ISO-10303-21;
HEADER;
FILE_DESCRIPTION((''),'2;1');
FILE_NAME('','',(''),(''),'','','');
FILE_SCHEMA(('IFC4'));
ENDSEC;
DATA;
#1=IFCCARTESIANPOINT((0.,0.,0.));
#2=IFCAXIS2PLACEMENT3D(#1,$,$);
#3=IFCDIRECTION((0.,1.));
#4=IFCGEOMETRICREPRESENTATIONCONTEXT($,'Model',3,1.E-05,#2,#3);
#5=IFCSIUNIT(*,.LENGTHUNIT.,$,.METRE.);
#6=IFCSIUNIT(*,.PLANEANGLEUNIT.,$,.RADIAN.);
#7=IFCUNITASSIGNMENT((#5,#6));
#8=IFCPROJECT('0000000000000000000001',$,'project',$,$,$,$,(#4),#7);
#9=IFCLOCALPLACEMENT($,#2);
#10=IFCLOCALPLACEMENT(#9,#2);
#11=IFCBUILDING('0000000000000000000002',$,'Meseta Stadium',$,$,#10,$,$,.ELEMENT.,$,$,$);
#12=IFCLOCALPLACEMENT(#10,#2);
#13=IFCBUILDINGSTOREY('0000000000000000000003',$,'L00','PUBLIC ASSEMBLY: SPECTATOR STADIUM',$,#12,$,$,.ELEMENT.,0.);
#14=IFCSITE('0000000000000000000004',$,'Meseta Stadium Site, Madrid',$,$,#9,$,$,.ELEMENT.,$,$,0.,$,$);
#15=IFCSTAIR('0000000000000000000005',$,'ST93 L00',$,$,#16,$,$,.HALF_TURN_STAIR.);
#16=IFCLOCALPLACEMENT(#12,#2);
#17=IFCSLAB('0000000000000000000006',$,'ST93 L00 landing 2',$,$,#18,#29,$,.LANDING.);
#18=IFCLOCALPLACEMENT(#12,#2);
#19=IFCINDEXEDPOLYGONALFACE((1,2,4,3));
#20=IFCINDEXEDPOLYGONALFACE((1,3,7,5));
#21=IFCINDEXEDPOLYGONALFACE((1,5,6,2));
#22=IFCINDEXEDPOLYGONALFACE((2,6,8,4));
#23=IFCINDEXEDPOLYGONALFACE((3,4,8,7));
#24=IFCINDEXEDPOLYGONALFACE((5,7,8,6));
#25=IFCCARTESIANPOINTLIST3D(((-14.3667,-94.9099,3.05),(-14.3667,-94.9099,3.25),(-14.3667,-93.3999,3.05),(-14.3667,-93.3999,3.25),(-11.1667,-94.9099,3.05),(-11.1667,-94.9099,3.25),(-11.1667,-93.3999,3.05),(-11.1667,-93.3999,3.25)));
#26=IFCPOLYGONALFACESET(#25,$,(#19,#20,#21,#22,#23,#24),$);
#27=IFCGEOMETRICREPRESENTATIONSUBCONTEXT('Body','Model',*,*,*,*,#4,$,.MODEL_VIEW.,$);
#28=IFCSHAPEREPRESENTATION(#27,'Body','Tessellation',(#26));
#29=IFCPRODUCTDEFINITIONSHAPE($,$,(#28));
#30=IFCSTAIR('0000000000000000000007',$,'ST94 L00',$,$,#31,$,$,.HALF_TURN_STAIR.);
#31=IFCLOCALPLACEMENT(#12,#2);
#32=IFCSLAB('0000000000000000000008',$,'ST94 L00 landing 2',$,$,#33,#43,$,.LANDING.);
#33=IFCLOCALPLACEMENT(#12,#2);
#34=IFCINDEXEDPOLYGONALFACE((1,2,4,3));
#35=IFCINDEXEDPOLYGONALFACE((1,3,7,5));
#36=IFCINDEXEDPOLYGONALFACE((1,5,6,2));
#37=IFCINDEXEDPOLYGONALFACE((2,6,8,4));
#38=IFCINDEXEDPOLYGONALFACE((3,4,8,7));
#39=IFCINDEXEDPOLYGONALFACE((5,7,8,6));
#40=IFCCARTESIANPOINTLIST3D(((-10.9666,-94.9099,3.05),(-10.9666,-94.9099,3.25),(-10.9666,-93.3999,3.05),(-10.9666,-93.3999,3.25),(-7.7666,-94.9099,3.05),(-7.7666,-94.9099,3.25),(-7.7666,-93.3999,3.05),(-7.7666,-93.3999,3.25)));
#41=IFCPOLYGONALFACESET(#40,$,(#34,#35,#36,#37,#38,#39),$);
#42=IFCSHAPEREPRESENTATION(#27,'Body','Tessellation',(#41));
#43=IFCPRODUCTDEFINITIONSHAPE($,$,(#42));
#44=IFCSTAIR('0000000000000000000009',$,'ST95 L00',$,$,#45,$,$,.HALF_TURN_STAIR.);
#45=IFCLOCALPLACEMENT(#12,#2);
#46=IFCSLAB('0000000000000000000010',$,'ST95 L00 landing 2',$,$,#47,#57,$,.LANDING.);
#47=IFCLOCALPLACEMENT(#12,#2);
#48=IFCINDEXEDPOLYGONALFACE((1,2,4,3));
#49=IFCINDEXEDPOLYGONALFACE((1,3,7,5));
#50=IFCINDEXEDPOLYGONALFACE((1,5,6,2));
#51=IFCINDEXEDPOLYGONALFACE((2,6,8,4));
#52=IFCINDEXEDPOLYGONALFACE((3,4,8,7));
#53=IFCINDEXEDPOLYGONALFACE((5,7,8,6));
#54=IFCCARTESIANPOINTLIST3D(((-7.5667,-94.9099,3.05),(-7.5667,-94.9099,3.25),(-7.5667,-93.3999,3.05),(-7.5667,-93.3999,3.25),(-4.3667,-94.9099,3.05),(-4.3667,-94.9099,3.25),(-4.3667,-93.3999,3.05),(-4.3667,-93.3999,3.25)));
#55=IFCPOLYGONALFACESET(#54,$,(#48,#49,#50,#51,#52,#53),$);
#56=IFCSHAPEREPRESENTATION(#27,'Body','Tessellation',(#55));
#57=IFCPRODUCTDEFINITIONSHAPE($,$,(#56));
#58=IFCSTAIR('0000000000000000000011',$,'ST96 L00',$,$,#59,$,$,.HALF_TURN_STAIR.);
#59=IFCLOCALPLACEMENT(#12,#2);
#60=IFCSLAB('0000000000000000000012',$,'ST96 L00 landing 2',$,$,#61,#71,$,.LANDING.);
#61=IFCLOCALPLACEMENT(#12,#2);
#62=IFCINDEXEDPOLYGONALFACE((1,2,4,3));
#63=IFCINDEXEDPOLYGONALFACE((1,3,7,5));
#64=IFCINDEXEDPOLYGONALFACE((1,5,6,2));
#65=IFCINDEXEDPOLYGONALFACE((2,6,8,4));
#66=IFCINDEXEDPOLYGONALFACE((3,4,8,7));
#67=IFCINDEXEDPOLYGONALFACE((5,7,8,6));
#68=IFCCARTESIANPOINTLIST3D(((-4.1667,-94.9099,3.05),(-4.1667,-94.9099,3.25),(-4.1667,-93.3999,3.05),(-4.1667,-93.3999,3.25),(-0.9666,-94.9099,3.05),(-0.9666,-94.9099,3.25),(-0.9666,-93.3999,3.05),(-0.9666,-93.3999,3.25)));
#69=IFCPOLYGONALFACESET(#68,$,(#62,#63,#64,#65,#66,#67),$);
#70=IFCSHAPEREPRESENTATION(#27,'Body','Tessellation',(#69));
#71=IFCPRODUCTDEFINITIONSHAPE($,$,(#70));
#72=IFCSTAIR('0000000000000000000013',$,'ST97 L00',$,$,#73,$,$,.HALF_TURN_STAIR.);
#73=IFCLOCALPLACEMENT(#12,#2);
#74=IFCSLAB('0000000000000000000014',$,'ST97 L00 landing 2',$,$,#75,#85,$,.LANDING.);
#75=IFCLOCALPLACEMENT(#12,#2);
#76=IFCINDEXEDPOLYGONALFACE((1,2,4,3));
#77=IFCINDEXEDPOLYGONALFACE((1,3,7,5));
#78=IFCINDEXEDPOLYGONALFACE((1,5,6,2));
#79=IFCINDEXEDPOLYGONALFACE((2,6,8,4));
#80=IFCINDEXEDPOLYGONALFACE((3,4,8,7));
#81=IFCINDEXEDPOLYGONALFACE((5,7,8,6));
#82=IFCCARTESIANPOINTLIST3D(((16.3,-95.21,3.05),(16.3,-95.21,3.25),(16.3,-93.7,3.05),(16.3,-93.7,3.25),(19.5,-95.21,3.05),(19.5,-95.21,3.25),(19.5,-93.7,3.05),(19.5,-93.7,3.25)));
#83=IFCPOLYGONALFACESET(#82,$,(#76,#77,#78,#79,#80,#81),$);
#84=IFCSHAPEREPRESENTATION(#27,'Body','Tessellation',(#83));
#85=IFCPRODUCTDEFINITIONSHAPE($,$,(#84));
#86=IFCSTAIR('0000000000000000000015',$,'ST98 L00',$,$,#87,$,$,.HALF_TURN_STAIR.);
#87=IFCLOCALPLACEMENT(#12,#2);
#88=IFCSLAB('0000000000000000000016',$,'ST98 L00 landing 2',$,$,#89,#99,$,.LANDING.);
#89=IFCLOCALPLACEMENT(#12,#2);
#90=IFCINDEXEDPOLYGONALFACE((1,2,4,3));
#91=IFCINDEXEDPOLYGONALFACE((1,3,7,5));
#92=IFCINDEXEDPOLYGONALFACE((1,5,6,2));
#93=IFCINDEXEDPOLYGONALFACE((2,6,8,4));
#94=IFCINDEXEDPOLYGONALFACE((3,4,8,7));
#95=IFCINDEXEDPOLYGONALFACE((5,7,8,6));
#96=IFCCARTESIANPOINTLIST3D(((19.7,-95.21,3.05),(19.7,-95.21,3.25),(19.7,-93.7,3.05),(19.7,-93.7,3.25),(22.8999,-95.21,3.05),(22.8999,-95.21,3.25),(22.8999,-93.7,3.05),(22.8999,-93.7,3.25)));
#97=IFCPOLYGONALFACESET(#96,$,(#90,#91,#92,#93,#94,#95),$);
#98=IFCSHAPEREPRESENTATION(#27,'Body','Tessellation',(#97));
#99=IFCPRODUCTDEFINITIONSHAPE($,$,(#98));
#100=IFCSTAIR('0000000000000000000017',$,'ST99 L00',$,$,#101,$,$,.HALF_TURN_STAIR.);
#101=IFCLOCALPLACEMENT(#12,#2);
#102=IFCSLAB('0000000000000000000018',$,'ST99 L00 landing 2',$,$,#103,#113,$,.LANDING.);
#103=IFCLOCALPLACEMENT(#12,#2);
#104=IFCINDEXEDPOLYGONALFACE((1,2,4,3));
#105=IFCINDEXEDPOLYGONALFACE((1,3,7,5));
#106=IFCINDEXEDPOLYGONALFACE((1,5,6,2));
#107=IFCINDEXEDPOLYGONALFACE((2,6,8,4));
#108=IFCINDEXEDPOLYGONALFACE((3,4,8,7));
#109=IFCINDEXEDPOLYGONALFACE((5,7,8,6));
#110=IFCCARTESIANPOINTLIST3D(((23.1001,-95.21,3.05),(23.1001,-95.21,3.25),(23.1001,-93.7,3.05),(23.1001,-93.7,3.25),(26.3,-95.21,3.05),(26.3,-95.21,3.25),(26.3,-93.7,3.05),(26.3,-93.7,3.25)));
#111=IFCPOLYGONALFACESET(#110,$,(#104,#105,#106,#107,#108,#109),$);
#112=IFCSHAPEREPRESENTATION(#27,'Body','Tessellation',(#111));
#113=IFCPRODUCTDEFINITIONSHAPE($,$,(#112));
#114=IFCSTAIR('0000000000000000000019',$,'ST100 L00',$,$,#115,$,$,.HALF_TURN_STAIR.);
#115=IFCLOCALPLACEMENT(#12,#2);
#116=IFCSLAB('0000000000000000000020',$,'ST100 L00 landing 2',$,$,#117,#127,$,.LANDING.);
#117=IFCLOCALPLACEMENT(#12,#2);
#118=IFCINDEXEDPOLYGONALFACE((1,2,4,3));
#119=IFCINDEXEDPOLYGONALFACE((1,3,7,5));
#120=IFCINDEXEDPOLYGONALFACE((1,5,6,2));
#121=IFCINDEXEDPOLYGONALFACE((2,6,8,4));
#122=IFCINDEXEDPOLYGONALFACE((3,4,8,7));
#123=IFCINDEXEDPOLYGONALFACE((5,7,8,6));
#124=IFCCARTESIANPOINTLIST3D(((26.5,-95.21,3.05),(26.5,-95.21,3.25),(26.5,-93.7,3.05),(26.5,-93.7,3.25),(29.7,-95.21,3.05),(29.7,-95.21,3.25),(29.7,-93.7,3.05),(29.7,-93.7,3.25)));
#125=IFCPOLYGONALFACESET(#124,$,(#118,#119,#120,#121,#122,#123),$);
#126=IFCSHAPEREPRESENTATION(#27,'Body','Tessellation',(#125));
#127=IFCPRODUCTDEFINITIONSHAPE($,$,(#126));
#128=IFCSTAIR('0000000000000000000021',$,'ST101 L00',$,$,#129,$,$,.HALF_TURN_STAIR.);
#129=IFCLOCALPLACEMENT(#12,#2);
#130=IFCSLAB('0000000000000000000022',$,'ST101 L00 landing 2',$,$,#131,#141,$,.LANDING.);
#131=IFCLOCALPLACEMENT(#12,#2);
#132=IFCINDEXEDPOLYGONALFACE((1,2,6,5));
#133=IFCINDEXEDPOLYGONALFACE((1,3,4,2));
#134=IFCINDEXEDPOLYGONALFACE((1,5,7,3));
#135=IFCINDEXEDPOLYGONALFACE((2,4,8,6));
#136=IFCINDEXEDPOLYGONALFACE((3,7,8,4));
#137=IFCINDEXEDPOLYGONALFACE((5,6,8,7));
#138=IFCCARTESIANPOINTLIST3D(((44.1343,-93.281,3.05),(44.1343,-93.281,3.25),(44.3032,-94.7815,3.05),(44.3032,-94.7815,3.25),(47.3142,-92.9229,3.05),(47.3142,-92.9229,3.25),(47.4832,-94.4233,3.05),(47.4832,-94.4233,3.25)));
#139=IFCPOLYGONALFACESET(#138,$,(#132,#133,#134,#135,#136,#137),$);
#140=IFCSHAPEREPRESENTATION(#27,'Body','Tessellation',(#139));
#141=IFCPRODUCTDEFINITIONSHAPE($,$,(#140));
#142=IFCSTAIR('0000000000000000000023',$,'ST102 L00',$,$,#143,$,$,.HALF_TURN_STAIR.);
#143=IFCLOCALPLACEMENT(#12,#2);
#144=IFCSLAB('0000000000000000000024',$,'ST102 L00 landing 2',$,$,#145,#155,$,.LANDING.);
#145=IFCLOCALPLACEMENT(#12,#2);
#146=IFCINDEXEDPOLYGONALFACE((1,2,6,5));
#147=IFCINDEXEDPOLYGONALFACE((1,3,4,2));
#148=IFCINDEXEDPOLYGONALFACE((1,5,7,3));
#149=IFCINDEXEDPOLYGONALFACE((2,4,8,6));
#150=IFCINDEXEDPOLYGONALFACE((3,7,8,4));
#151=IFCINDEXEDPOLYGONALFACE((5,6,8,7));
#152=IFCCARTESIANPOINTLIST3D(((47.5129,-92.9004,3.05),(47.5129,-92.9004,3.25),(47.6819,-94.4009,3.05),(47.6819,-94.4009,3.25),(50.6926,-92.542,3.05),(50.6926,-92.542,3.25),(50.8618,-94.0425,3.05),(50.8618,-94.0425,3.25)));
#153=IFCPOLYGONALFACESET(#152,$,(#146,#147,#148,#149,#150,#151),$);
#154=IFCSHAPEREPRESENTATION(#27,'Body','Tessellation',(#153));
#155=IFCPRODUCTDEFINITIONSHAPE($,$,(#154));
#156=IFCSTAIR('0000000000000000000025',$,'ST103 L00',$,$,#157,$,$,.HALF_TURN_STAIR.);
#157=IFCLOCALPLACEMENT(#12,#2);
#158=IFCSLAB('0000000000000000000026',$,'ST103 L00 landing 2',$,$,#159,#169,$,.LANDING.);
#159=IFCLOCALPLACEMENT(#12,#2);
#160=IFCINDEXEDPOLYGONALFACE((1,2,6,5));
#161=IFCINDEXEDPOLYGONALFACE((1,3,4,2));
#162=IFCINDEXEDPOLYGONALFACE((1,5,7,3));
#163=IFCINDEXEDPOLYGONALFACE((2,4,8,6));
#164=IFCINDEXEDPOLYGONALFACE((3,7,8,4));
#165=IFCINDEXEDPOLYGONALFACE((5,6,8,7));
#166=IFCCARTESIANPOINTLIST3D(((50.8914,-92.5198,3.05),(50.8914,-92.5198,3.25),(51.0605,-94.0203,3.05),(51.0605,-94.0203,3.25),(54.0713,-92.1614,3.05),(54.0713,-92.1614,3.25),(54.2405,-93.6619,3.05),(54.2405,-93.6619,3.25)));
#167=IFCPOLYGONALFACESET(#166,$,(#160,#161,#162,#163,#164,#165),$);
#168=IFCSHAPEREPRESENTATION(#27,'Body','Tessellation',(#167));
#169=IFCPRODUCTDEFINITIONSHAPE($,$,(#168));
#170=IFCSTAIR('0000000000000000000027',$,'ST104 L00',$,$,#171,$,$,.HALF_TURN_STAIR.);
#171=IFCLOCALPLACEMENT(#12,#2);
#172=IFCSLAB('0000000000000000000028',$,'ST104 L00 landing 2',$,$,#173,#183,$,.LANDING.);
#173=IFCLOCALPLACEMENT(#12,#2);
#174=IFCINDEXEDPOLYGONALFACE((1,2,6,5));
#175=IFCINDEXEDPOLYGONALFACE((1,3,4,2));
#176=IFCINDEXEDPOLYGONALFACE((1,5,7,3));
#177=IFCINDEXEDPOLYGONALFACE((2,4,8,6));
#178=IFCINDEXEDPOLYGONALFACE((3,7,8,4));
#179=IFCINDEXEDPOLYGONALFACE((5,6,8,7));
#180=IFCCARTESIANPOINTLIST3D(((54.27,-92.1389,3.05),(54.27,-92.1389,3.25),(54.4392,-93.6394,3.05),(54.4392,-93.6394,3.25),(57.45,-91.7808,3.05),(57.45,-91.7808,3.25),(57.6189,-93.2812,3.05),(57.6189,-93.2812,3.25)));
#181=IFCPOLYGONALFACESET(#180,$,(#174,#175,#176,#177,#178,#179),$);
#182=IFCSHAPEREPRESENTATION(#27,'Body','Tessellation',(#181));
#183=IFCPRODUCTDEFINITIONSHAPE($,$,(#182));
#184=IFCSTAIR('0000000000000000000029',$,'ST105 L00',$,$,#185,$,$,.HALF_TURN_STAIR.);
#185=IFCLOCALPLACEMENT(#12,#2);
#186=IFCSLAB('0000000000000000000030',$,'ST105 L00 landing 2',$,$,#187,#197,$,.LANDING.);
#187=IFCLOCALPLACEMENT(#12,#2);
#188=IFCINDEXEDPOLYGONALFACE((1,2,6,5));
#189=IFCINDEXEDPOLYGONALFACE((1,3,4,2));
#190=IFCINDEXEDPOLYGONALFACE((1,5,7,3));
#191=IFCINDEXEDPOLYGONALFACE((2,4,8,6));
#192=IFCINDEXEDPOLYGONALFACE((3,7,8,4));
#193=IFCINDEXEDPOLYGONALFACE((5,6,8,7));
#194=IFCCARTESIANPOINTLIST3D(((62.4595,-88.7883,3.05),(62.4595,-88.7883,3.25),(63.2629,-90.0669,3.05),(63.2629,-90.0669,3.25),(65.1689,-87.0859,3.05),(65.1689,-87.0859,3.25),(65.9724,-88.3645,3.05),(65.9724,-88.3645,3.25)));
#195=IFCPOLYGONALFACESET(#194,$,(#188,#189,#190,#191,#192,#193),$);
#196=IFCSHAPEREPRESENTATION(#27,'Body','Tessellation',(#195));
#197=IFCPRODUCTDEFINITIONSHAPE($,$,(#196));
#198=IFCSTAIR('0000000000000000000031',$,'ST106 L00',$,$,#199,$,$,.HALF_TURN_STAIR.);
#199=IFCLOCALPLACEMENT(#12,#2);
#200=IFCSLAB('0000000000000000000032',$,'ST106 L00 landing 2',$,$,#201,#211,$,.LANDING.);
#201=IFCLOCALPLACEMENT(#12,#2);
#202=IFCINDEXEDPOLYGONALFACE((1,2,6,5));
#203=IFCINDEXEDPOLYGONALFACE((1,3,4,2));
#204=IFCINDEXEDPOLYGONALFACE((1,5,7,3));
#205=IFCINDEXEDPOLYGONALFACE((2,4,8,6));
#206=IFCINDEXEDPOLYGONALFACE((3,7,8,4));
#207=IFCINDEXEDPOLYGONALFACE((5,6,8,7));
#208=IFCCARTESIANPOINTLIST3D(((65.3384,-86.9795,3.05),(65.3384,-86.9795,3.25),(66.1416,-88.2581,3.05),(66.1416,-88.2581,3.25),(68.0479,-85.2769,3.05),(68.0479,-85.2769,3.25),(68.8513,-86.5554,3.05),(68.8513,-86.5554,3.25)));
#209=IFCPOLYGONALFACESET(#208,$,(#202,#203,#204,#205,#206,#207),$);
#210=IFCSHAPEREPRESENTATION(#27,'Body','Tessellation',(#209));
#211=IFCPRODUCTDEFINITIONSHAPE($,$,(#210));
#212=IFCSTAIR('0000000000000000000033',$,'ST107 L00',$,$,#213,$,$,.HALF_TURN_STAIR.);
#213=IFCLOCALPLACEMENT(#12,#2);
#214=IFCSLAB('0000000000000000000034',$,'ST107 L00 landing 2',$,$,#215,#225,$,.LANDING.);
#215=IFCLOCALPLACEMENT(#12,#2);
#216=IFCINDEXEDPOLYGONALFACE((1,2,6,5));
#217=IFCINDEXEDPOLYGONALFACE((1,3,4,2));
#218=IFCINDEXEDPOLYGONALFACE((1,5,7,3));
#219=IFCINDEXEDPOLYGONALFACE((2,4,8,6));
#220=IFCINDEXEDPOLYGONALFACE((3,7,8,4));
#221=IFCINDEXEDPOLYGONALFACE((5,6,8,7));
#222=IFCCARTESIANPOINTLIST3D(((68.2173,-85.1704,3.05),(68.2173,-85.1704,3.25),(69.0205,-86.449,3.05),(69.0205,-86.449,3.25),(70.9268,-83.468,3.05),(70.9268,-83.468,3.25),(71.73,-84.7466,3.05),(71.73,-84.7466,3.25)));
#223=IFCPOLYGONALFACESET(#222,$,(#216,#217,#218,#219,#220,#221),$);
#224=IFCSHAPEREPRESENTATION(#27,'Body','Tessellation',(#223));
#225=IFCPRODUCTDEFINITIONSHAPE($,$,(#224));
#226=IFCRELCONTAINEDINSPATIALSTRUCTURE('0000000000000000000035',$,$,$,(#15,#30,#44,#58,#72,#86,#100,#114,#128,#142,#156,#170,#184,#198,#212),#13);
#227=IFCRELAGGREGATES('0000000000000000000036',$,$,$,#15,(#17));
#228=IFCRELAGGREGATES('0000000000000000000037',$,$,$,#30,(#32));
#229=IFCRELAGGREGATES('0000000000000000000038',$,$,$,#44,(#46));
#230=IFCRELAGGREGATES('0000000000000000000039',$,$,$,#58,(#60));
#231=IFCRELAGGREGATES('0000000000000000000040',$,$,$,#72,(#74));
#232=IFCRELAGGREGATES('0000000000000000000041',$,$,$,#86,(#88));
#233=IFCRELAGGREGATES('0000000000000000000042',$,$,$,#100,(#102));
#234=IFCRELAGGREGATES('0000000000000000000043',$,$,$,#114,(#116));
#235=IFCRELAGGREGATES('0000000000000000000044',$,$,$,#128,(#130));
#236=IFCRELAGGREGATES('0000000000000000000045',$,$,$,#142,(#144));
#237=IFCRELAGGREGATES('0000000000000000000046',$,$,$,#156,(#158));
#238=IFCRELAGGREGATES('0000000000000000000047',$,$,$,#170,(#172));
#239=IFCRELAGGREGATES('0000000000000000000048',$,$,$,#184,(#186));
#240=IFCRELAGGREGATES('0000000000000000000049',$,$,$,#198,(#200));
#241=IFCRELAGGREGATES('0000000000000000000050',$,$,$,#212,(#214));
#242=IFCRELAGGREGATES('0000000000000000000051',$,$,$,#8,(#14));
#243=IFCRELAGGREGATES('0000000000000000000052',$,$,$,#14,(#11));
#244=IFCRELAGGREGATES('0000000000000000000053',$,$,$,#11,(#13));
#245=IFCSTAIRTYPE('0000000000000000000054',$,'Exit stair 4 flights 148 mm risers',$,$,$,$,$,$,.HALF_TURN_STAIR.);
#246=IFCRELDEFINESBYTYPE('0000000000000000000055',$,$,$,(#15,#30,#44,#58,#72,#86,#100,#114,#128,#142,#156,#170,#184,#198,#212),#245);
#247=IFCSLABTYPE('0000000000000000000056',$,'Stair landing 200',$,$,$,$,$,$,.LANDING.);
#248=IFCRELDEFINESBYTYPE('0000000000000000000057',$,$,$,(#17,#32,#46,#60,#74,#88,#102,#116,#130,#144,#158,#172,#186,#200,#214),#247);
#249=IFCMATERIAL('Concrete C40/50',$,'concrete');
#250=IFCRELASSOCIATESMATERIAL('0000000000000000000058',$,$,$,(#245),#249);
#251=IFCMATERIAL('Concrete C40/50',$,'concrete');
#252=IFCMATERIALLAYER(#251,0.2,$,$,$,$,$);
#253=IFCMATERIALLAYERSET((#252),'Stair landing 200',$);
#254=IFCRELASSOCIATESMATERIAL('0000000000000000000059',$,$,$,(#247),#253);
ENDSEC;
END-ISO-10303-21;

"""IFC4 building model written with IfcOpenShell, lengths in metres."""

from ifc_helpers import new_model, si_unit, direction, frame, origin, place, context, subcontext, project, spatial, polyline, outline, extrude, material, layer, layer_set, type_object, element, aggregate, save


model = new_model("IFC4")

# Units and contexts
model_context = context("Model", 3, precision=1e-05, world=origin(), true_north=direction((0.0, 1.0)))
body_context = subcontext(model_context, "Body", "Model", "MODEL_VIEW")
ifc_project = project(units=[si_unit("LENGTHUNIT", "METRE"), si_unit("PLANEANGLEUNIT", "RADIAN")], contexts=[model_context])

# Site, building, storey
site_placement = place(None, origin())
site = spatial("IfcSite", under=ifc_project, at=site_placement, Name="Meseta Stadium Site, Madrid", CompositionType="ELEMENT", RefElevation=0.0)
building_placement = place(site_placement, origin())
building = spatial("IfcBuilding", under=site, at=building_placement, Name="Meseta Stadium", CompositionType="ELEMENT")
storey_placement = place(building_placement, origin())
storey = spatial("IfcBuildingStorey", under=building, at=storey_placement, Name="L00", Description="PUBLIC ASSEMBLY: SPECTATOR STADIUM", CompositionType="ELEMENT", Elevation=0.0)

# Stairs, slabs
ifc_material_1 = material(Name="Concrete C40/50", Category="concrete")
stair_type = type_object("IfcStairType", Name="Exit stair 4 flights 148 mm risers", PredefinedType="HALF_TURN_STAIR", material=ifc_material_1)
ifc_material_2 = material(Name="Concrete C40/50", Category="concrete")
ifc_layer = layer(ifc_material_2, 0.2)
ifc_layer_set = layer_set([ifc_layer], Name="Stair landing 200")
slab_type = type_object("IfcSlabType", Name="Stair landing 200", PredefinedType="LANDING", material=ifc_layer_set)
stair_1_placement = place(storey_placement, origin())
stair_1 = element("IfcStair", 1, at=stair_1_placement, inside=storey, type_object=stair_type, Name="ST93 L00", PredefinedType="HALF_TURN_STAIR")
slab_1_placement = place(storey_placement, frame((0.0, 0.0, 3.05)))
slab_1 = element("IfcSlab", 2, at=slab_1_placement, type_object=slab_type, Name="ST93 L00 landing 2", PredefinedType="LANDING", context=body_context, shape_type="SweptSolid", body=[
    extrude(outline(polyline([(-14.3667, -93.3999), (-14.3667, -94.9099), (-11.1667, -94.9099), (-11.1667, -93.3999), (-14.3667, -93.3999)])), origin(), (0.0, 0.0, 1.0), 0.2),
])
aggregate(stair_1, [slab_1])
stair_2_placement = place(storey_placement, origin())
stair_2 = element("IfcStair", 3, at=stair_2_placement, inside=storey, type_object=stair_type, Name="ST94 L00", PredefinedType="HALF_TURN_STAIR")
slab_2_placement = place(storey_placement, frame((0.0, 0.0, 3.05)))
slab_2 = element("IfcSlab", 4, at=slab_2_placement, type_object=slab_type, Name="ST94 L00 landing 2", PredefinedType="LANDING", context=body_context, shape_type="SweptSolid", body=[
    extrude(outline(polyline([(-10.9666, -93.3999), (-10.9666, -94.9099), (-7.7666, -94.9099), (-7.7666, -93.3999), (-10.9666, -93.3999)])), origin(), (0.0, 0.0, 1.0), 0.2),
])
aggregate(stair_2, [slab_2])
stair_3_placement = place(storey_placement, origin())
stair_3 = element("IfcStair", 5, at=stair_3_placement, inside=storey, type_object=stair_type, Name="ST95 L00", PredefinedType="HALF_TURN_STAIR")
slab_3_placement = place(storey_placement, frame((0.0, 0.0, 3.05)))
slab_3 = element("IfcSlab", 6, at=slab_3_placement, type_object=slab_type, Name="ST95 L00 landing 2", PredefinedType="LANDING", context=body_context, shape_type="SweptSolid", body=[
    extrude(outline(polyline([(-7.5667, -93.3999), (-7.5667, -94.9099), (-4.3667, -94.9099), (-4.3667, -93.3999), (-7.5667, -93.3999)])), origin(), (0.0, 0.0, 1.0), 0.2),
])
aggregate(stair_3, [slab_3])
stair_4_placement = place(storey_placement, origin())
stair_4 = element("IfcStair", 7, at=stair_4_placement, inside=storey, type_object=stair_type, Name="ST96 L00", PredefinedType="HALF_TURN_STAIR")
slab_4_placement = place(storey_placement, frame((0.0, 0.0, 3.05)))
slab_4 = element("IfcSlab", 8, at=slab_4_placement, type_object=slab_type, Name="ST96 L00 landing 2", PredefinedType="LANDING", context=body_context, shape_type="SweptSolid", body=[
    extrude(outline(polyline([(-4.1667, -93.3999), (-4.1667, -94.9099), (-0.9666, -94.9099), (-0.9666, -93.3999), (-4.1667, -93.3999)])), origin(), (0.0, 0.0, 1.0), 0.2),
])
aggregate(stair_4, [slab_4])
stair_5_placement = place(storey_placement, origin())
stair_5 = element("IfcStair", 9, at=stair_5_placement, inside=storey, type_object=stair_type, Name="ST97 L00", PredefinedType="HALF_TURN_STAIR")
slab_5_placement = place(storey_placement, frame((0.0, 0.0, 3.05)))
slab_5 = element("IfcSlab", 10, at=slab_5_placement, type_object=slab_type, Name="ST97 L00 landing 2", PredefinedType="LANDING", context=body_context, shape_type="SweptSolid", body=[
    extrude(outline(polyline([(16.3, -93.7), (16.3, -95.21), (19.5, -95.21), (19.5, -93.7), (16.3, -93.7)])), origin(), (0.0, 0.0, 1.0), 0.2),
])
aggregate(stair_5, [slab_5])
stair_6_placement = place(storey_placement, origin())
stair_6 = element("IfcStair", 11, at=stair_6_placement, inside=storey, type_object=stair_type, Name="ST98 L00", PredefinedType="HALF_TURN_STAIR")
slab_6_placement = place(storey_placement, frame((0.0, 0.0, 3.05)))
slab_6 = element("IfcSlab", 12, at=slab_6_placement, type_object=slab_type, Name="ST98 L00 landing 2", PredefinedType="LANDING", context=body_context, shape_type="SweptSolid", body=[
    extrude(outline(polyline([(19.7, -93.7), (19.7, -95.21), (22.8999, -95.21), (22.8999, -93.7), (19.7, -93.7)])), origin(), (0.0, 0.0, 1.0), 0.2),
])
aggregate(stair_6, [slab_6])
stair_7_placement = place(storey_placement, origin())
stair_7 = element("IfcStair", 13, at=stair_7_placement, inside=storey, type_object=stair_type, Name="ST99 L00", PredefinedType="HALF_TURN_STAIR")
slab_7_placement = place(storey_placement, frame((0.0, 0.0, 3.05)))
slab_7 = element("IfcSlab", 14, at=slab_7_placement, type_object=slab_type, Name="ST99 L00 landing 2", PredefinedType="LANDING", context=body_context, shape_type="SweptSolid", body=[
    extrude(outline(polyline([(23.1001, -93.7), (23.1001, -95.21), (26.3, -95.21), (26.3, -93.7), (23.1001, -93.7)])), origin(), (0.0, 0.0, 1.0), 0.2),
])
aggregate(stair_7, [slab_7])
stair_8_placement = place(storey_placement, origin())
stair_8 = element("IfcStair", 15, at=stair_8_placement, inside=storey, type_object=stair_type, Name="ST100 L00", PredefinedType="HALF_TURN_STAIR")
slab_8_placement = place(storey_placement, frame((0.0, 0.0, 3.05)))
slab_8 = element("IfcSlab", 16, at=slab_8_placement, type_object=slab_type, Name="ST100 L00 landing 2", PredefinedType="LANDING", context=body_context, shape_type="SweptSolid", body=[
    extrude(outline(polyline([(26.5, -93.7), (26.5, -95.21), (29.7, -95.21), (29.7, -93.7), (26.5, -93.7)])), origin(), (0.0, 0.0, 1.0), 0.2),
])
aggregate(stair_8, [slab_8])
stair_9_placement = place(storey_placement, origin())
stair_9 = element("IfcStair", 17, at=stair_9_placement, inside=storey, type_object=stair_type, Name="ST101 L00", PredefinedType="HALF_TURN_STAIR")
slab_9_placement = place(storey_placement, frame((0.0, 0.0, 3.05)))
slab_9 = element("IfcSlab", 18, at=slab_9_placement, type_object=slab_type, Name="ST101 L00 landing 2", PredefinedType="LANDING", context=body_context, shape_type="SweptSolid", body=[
    extrude(outline(polyline([(44.1343, -93.281), (44.3032, -94.7815), (47.4832, -94.4233), (47.3142, -92.9229), (44.1343, -93.281)])), origin(), (0.0, 0.0, 1.0), 0.2),
])
aggregate(stair_9, [slab_9])
stair_10_placement = place(storey_placement, origin())
stair_10 = element("IfcStair", 19, at=stair_10_placement, inside=storey, type_object=stair_type, Name="ST102 L00", PredefinedType="HALF_TURN_STAIR")
slab_10_placement = place(storey_placement, frame((0.0, 0.0, 3.05)))
slab_10 = element("IfcSlab", 20, at=slab_10_placement, type_object=slab_type, Name="ST102 L00 landing 2", PredefinedType="LANDING", context=body_context, shape_type="SweptSolid", body=[
    extrude(outline(polyline([(47.5129, -92.9004), (47.6819, -94.4009), (50.8618, -94.0425), (50.6926, -92.542), (47.5129, -92.9004)])), origin(), (0.0, 0.0, 1.0), 0.2),
])
aggregate(stair_10, [slab_10])
stair_11_placement = place(storey_placement, origin())
stair_11 = element("IfcStair", 21, at=stair_11_placement, inside=storey, type_object=stair_type, Name="ST103 L00", PredefinedType="HALF_TURN_STAIR")
slab_11_placement = place(storey_placement, frame((0.0, 0.0, 3.05)))
slab_11 = element("IfcSlab", 22, at=slab_11_placement, type_object=slab_type, Name="ST103 L00 landing 2", PredefinedType="LANDING", context=body_context, shape_type="SweptSolid", body=[
    extrude(outline(polyline([(50.8914, -92.5198), (51.0605, -94.0203), (54.2405, -93.6619), (54.0713, -92.1614), (50.8914, -92.5198)])), origin(), (0.0, 0.0, 1.0), 0.2),
])
aggregate(stair_11, [slab_11])
stair_12_placement = place(storey_placement, origin())
stair_12 = element("IfcStair", 23, at=stair_12_placement, inside=storey, type_object=stair_type, Name="ST104 L00", PredefinedType="HALF_TURN_STAIR")
slab_12_placement = place(storey_placement, frame((0.0, 0.0, 3.05)))
slab_12 = element("IfcSlab", 24, at=slab_12_placement, type_object=slab_type, Name="ST104 L00 landing 2", PredefinedType="LANDING", context=body_context, shape_type="SweptSolid", body=[
    extrude(outline(polyline([(54.27, -92.1389), (54.4392, -93.6394), (57.6189, -93.2812), (57.45, -91.7808), (54.27, -92.1389)])), origin(), (0.0, 0.0, 1.0), 0.2),
])
aggregate(stair_12, [slab_12])
stair_13_placement = place(storey_placement, origin())
stair_13 = element("IfcStair", 25, at=stair_13_placement, inside=storey, type_object=stair_type, Name="ST105 L00", PredefinedType="HALF_TURN_STAIR")
slab_13_placement = place(storey_placement, frame((0.0, 0.0, 3.05)))
slab_13 = element("IfcSlab", 26, at=slab_13_placement, type_object=slab_type, Name="ST105 L00 landing 2", PredefinedType="LANDING", context=body_context, shape_type="SweptSolid", body=[
    extrude(outline(polyline([(62.4595, -88.7883), (63.2629, -90.0669), (65.9724, -88.3645), (65.1689, -87.0859), (62.4595, -88.7883)])), origin(), (0.0, 0.0, 1.0), 0.2),
])
aggregate(stair_13, [slab_13])
stair_14_placement = place(storey_placement, origin())
stair_14 = element("IfcStair", 27, at=stair_14_placement, inside=storey, type_object=stair_type, Name="ST106 L00", PredefinedType="HALF_TURN_STAIR")
slab_14_placement = place(storey_placement, frame((0.0, 0.0, 3.05)))
slab_14 = element("IfcSlab", 28, at=slab_14_placement, type_object=slab_type, Name="ST106 L00 landing 2", PredefinedType="LANDING", context=body_context, shape_type="SweptSolid", body=[
    extrude(outline(polyline([(65.3384, -86.9795), (66.1416, -88.2581), (68.8513, -86.5554), (68.0479, -85.2769), (65.3384, -86.9795)])), origin(), (0.0, 0.0, 1.0), 0.2),
])
aggregate(stair_14, [slab_14])
stair_15_placement = place(storey_placement, origin())
stair_15 = element("IfcStair", 29, at=stair_15_placement, inside=storey, type_object=stair_type, Name="ST107 L00", PredefinedType="HALF_TURN_STAIR")
slab_15_placement = place(storey_placement, frame((0.0, 0.0, 3.05)))
slab_15 = element("IfcSlab", 30, at=slab_15_placement, type_object=slab_type, Name="ST107 L00 landing 2", PredefinedType="LANDING", context=body_context, shape_type="SweptSolid", body=[
    extrude(outline(polyline([(68.2173, -85.1704), (69.0205, -86.449), (71.73, -84.7466), (70.9268, -83.468), (68.2173, -85.1704)])), origin(), (0.0, 0.0, 1.0), 0.2),
])
aggregate(stair_15, [slab_15])

save(model, "model.ifc")
